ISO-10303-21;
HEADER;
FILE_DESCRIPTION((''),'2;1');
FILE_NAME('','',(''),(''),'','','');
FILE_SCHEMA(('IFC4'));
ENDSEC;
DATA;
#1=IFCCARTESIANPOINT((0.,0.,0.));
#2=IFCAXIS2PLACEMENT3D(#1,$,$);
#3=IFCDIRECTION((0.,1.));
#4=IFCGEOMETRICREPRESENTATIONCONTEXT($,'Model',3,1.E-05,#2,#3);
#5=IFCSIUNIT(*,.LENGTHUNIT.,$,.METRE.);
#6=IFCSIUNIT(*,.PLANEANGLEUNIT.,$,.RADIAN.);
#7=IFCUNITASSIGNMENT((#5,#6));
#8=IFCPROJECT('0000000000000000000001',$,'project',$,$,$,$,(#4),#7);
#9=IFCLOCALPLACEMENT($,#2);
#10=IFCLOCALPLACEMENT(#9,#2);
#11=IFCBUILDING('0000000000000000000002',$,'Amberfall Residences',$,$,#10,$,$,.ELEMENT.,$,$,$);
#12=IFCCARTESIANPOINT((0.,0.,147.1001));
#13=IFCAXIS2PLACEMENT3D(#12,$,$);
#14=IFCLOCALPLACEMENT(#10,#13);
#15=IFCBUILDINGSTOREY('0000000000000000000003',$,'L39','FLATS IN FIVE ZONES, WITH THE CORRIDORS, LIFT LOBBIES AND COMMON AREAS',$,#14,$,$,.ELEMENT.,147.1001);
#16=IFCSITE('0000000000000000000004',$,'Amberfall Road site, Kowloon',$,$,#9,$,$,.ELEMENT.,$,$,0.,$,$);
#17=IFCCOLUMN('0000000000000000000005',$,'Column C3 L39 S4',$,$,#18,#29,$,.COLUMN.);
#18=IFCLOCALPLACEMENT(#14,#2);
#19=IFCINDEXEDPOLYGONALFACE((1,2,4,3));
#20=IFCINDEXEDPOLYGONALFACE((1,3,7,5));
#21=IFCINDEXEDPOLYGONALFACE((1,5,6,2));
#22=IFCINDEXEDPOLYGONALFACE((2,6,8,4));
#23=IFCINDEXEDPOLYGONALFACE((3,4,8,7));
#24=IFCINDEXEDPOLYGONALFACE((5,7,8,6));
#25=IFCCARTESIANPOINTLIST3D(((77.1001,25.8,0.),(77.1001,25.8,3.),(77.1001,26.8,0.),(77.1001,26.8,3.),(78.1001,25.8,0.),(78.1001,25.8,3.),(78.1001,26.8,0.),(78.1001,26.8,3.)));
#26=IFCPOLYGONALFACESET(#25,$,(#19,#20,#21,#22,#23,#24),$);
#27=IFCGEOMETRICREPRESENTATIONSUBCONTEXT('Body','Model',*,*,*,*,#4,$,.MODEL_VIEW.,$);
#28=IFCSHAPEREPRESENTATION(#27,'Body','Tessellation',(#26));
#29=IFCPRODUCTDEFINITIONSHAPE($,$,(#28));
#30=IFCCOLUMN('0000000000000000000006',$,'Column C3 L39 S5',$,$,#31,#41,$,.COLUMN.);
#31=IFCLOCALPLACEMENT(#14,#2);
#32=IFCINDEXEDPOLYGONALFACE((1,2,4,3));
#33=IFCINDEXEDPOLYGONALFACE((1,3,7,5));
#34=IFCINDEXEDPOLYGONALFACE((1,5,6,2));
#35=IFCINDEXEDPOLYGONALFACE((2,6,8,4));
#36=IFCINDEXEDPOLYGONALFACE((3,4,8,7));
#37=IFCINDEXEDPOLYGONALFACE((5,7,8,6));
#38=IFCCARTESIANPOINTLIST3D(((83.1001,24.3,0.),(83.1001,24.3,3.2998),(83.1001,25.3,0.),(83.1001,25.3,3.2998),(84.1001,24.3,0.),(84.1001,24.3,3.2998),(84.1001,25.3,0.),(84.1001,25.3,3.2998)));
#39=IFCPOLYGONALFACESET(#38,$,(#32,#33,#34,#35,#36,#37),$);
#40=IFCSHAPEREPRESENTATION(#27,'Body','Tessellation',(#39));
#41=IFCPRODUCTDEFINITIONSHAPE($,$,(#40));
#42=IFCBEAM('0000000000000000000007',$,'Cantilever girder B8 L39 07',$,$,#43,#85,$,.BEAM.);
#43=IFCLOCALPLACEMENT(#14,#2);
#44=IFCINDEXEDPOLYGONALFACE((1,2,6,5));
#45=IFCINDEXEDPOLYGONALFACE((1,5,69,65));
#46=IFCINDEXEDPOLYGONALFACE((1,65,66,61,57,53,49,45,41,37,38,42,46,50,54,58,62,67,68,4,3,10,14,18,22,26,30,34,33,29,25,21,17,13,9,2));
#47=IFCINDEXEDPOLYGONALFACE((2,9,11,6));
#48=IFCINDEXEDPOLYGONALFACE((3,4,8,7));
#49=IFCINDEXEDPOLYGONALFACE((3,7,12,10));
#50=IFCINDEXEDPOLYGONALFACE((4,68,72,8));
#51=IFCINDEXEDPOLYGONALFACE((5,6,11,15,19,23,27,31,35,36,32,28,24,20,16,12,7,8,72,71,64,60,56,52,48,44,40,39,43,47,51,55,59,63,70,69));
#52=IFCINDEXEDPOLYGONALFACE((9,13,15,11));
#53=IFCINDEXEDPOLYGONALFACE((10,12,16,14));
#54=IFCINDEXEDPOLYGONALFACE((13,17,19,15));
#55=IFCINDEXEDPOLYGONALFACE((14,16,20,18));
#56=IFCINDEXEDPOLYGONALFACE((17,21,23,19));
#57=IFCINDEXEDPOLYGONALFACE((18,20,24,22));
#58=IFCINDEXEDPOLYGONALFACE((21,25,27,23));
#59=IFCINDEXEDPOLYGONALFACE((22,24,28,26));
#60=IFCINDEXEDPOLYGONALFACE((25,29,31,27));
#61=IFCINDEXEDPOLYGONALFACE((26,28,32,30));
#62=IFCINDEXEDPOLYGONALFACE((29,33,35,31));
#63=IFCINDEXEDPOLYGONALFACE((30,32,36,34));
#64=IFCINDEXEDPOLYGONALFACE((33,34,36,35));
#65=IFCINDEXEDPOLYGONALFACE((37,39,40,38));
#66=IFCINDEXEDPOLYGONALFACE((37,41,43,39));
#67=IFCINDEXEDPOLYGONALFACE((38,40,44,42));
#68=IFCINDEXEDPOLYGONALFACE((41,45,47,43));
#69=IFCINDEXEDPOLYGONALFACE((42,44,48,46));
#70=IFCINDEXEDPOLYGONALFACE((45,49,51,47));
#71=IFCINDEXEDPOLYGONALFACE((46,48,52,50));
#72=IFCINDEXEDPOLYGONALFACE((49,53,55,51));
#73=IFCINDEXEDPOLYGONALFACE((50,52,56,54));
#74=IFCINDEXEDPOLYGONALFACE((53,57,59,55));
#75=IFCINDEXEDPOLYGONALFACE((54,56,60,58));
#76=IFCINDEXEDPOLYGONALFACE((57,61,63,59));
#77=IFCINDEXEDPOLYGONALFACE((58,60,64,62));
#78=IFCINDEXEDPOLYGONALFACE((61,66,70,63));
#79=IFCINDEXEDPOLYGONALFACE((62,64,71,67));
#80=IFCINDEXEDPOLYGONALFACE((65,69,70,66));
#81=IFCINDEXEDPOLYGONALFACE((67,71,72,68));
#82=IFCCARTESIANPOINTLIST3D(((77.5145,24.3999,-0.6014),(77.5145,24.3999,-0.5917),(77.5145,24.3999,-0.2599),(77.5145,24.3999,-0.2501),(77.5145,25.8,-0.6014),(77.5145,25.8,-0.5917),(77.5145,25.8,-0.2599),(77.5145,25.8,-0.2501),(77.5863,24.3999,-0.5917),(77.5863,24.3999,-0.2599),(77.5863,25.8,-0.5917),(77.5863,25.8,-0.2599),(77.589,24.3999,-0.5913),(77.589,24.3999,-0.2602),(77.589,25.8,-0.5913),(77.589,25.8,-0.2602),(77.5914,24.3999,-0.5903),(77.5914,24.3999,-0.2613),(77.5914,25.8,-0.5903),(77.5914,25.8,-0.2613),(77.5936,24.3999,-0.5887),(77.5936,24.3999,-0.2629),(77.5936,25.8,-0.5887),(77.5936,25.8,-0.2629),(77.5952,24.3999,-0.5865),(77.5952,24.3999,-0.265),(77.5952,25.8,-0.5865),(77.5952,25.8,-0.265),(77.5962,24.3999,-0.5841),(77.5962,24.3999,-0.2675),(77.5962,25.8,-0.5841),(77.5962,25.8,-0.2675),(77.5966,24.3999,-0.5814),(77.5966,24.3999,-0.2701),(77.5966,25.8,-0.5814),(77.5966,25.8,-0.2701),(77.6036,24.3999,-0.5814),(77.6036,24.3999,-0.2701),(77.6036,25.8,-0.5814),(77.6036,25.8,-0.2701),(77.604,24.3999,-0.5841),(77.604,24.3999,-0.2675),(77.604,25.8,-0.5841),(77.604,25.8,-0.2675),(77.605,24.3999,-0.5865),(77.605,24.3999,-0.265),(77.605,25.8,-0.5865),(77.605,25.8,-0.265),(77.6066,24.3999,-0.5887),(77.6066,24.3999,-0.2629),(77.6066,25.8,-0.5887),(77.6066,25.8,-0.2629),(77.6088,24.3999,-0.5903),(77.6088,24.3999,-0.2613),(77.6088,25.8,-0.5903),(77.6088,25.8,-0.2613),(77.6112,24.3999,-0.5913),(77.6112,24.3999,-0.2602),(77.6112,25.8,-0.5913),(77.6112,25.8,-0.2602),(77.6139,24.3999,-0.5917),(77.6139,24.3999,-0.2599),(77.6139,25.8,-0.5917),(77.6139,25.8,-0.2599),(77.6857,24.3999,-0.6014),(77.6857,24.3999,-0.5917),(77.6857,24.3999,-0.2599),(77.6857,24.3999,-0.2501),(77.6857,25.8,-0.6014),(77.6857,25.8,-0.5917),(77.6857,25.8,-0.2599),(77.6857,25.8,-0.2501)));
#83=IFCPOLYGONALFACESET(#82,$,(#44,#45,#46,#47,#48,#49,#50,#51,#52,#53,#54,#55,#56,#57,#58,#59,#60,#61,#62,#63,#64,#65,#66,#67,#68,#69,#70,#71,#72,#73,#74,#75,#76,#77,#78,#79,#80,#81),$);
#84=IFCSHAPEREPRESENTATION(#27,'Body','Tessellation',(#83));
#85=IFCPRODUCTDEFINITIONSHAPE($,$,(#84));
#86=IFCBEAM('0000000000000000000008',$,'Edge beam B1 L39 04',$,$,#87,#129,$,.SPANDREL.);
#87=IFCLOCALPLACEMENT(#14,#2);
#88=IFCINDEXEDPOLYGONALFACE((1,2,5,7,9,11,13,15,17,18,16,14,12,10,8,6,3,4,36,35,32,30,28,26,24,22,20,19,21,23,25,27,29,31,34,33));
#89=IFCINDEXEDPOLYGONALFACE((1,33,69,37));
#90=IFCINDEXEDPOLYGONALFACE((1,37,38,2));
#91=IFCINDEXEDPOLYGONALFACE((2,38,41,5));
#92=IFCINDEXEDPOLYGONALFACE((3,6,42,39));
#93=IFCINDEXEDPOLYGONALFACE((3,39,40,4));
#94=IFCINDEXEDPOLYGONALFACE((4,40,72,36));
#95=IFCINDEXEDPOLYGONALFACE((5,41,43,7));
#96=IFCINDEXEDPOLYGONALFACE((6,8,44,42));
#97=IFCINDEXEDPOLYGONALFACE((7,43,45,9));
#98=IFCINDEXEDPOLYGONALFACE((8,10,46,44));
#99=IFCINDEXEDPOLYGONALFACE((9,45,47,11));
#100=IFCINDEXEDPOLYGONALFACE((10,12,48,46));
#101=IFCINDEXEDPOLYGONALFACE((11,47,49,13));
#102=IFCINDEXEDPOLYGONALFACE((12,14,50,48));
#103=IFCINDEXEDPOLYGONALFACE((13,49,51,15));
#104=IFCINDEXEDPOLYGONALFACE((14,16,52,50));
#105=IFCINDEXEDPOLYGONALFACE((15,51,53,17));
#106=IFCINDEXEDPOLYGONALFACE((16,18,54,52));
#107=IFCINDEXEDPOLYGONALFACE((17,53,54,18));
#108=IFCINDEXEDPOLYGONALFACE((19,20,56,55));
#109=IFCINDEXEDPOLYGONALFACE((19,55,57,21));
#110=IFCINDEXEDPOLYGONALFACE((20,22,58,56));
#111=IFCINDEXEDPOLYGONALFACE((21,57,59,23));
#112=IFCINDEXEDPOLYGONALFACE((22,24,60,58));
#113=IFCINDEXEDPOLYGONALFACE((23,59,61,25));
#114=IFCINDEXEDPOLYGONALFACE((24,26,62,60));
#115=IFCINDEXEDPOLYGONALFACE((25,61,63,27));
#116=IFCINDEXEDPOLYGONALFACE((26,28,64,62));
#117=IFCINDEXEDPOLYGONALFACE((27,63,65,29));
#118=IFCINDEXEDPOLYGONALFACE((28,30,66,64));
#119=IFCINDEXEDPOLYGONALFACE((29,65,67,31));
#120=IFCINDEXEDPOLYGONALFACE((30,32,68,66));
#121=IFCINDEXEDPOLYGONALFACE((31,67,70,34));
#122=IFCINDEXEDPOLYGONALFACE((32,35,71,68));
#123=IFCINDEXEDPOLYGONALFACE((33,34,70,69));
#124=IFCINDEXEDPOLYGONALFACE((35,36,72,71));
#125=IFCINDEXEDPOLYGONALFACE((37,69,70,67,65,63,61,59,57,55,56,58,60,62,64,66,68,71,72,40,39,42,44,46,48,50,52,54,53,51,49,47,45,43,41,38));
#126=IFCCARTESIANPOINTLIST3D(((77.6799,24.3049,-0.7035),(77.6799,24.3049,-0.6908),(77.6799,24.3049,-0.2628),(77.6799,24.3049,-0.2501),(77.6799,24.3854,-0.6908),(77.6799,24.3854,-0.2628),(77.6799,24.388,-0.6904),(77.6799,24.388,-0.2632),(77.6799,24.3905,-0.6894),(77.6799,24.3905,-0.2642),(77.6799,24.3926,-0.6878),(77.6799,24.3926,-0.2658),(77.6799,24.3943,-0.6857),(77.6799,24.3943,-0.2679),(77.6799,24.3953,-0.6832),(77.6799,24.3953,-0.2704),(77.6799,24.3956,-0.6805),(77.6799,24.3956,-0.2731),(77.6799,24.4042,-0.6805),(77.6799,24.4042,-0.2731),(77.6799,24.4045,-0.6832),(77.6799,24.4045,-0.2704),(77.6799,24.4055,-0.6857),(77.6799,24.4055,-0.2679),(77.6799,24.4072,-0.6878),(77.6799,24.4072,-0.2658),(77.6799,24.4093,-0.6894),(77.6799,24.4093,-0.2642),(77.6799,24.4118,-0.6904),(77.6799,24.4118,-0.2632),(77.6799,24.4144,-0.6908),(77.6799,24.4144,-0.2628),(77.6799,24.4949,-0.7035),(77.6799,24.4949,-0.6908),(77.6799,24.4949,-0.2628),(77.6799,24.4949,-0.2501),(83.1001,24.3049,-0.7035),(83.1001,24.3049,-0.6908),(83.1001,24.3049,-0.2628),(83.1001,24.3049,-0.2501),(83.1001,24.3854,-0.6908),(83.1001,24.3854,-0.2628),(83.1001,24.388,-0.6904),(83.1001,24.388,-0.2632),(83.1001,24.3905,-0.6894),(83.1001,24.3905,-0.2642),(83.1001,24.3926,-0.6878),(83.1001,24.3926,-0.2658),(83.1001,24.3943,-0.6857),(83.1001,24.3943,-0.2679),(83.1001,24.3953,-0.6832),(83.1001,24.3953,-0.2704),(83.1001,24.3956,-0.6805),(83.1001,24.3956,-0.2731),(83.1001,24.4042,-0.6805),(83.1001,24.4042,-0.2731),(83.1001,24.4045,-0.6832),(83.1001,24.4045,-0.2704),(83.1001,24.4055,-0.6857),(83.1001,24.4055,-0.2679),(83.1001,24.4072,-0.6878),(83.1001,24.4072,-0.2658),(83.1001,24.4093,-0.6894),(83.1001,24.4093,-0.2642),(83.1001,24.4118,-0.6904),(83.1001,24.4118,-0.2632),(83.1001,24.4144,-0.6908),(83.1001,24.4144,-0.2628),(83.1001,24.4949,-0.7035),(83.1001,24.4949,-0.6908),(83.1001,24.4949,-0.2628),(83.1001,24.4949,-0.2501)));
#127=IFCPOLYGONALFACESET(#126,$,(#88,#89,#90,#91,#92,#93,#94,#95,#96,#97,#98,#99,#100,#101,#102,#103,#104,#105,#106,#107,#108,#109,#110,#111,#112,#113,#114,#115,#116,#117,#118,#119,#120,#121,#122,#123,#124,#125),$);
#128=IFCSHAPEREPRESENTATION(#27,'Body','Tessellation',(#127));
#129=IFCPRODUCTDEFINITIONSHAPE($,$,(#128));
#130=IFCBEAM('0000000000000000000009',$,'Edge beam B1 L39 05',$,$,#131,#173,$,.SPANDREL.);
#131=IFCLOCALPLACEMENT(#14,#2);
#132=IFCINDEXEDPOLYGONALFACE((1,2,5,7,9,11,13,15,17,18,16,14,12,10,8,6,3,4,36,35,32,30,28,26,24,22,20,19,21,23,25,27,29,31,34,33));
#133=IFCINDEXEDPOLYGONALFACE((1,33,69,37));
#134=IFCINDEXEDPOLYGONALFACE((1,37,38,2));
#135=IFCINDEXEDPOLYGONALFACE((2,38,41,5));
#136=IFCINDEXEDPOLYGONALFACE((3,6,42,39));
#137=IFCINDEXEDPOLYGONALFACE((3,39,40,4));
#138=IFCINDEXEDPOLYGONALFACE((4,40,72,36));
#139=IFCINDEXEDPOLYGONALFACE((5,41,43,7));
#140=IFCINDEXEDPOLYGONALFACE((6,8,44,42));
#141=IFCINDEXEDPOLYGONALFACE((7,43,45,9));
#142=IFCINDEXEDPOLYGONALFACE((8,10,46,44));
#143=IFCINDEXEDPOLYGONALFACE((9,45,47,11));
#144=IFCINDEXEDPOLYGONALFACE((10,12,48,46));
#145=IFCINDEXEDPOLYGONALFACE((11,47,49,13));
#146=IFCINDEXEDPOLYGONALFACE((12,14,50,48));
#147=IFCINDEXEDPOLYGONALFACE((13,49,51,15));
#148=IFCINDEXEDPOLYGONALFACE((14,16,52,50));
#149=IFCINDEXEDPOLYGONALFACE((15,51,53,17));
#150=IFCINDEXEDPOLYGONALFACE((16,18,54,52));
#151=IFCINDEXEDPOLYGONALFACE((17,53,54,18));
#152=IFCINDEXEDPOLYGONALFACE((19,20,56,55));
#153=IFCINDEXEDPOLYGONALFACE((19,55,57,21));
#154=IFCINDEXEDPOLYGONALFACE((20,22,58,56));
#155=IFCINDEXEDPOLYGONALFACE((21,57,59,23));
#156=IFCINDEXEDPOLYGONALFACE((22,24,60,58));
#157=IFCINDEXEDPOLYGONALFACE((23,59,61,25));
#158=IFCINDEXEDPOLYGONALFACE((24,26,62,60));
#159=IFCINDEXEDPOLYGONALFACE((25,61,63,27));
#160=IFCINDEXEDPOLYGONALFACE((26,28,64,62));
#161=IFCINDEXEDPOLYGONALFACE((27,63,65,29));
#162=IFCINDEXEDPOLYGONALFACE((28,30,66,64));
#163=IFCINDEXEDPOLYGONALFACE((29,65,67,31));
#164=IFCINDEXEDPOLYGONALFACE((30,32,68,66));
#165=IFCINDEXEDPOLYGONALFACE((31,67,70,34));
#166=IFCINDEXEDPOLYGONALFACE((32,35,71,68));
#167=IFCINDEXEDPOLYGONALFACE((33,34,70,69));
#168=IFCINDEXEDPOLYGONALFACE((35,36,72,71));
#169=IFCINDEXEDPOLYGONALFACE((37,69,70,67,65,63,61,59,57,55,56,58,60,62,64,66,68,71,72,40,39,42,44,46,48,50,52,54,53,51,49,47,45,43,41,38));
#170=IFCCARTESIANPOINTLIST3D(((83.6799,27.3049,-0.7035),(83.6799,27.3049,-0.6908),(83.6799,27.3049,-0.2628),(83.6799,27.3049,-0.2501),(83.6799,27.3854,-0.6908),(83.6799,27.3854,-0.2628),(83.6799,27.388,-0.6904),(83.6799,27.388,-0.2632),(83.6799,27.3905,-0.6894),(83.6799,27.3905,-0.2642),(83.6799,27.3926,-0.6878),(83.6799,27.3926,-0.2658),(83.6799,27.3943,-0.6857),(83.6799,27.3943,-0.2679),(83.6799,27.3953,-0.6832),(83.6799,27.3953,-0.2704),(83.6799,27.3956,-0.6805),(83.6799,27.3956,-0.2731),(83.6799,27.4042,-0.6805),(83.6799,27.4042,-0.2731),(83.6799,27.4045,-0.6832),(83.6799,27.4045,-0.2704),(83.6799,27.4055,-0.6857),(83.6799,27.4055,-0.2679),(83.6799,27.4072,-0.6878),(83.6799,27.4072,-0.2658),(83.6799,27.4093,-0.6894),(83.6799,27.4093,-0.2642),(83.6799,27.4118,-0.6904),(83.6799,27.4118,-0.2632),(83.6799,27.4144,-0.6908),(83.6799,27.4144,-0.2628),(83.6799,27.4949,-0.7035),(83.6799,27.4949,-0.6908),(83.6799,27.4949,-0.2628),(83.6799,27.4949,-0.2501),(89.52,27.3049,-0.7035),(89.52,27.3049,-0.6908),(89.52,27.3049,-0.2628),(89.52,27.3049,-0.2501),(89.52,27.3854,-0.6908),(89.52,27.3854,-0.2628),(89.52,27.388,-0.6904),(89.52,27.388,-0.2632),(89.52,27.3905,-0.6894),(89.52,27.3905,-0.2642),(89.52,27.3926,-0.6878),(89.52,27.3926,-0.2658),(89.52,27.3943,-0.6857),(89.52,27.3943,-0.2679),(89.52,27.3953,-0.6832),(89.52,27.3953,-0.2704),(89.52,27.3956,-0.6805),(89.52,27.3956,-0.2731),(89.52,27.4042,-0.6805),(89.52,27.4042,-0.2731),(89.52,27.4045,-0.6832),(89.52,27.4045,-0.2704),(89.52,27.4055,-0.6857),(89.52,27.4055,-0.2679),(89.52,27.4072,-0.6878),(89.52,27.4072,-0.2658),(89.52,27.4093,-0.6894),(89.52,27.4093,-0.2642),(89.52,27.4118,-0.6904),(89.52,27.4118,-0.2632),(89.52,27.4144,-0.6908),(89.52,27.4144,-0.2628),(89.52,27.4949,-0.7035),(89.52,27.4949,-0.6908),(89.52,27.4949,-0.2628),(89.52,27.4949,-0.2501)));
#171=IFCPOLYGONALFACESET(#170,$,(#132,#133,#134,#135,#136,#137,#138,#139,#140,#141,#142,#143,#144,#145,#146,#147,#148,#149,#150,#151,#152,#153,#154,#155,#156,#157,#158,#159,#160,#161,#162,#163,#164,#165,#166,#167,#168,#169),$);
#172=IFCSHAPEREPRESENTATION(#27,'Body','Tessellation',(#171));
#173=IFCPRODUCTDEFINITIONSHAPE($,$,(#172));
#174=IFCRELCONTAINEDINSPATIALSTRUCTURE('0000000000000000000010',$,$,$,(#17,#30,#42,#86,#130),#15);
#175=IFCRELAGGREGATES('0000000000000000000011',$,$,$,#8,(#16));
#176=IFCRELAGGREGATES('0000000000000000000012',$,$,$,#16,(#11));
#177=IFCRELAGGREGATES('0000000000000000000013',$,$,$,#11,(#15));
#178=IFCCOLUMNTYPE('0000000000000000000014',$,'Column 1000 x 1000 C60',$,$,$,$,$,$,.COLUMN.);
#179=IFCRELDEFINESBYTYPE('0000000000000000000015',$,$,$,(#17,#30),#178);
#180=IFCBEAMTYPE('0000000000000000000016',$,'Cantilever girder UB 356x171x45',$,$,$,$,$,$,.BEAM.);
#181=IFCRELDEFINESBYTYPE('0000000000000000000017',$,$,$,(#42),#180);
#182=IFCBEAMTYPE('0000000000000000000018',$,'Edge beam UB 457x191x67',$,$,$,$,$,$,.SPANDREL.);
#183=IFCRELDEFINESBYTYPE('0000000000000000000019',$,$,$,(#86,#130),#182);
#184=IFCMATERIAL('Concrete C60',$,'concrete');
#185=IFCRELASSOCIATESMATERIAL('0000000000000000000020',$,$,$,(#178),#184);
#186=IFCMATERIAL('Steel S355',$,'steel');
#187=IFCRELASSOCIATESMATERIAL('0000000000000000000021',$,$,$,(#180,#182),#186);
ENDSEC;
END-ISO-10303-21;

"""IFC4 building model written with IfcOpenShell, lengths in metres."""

from ifc_helpers import new_model, si_unit, direction, frame, origin, origin_2d, place, context, subcontext, project, spatial, rectangle, i_section, extrude, material, material_profile, profile_set, type_object, element, save


model = new_model("IFC4")

# Units and contexts
model_context = context("Model", 3, precision=1e-05, world=origin(), true_north=direction((0.0, 1.0)))
body_context = subcontext(model_context, "Body", "Model", "MODEL_VIEW")
ifc_project = project(units=[si_unit("LENGTHUNIT", "METRE"), si_unit("PLANEANGLEUNIT", "RADIAN")], contexts=[model_context])

# Site, building, storey
site_placement = place(None, origin())
site = spatial("IfcSite", under=ifc_project, at=site_placement, Name="Amberfall Road site, Kowloon", CompositionType="ELEMENT", RefElevation=0.0)
building_placement = place(site_placement, origin())
building = spatial("IfcBuilding", under=site, at=building_placement, Name="Amberfall Residences", CompositionType="ELEMENT")
storey_placement = place(building_placement, frame((0.0, 0.0, 147.1001)))
storey = spatial("IfcBuildingStorey", under=building, at=storey_placement, Name="L39", Description="FLATS IN FIVE ZONES, WITH THE CORRIDORS, LIFT LOBBIES AND COMMON AREAS", CompositionType="ELEMENT", Elevation=147.1001)

# Columns
ifc_material_1 = material(Name="Concrete C60", Category="concrete")
ifc_material_profile_1 = material_profile(ifc_material_1, rectangle(XDim=1.0, YDim=1.0, at=origin_2d()), Name="Column 1000 x 1000 C60")
ifc_profile_set_1 = profile_set([ifc_material_profile_1], Name="Concrete C60")
column_type = type_object("IfcColumnType", Name="Column 1000 x 1000 C60", PredefinedType="COLUMN", material=ifc_profile_set_1)
column_1_placement = place(storey_placement, frame((77.6001, 26.3, 0.0), z_axis=(0.0, 0.0, 1.0), x_axis=(1.0, 0.0, 0.0)))
element("IfcColumn", 1, at=column_1_placement, inside=storey, type_object=column_type, Name="Column C3 L39 S4", PredefinedType="COLUMN", context=body_context, shape_type="SweptSolid", body=[
    extrude(rectangle(XDim=1.0, YDim=1.0, at=origin_2d()), origin(), (0.0, 0.0, 1.0), 3.0),
])
column_2_placement = place(storey_placement, frame((83.6001, 24.8, 0.0), z_axis=(0.0, 0.0, 1.0), x_axis=(1.0, 0.0, 0.0)))
element("IfcColumn", 2, at=column_2_placement, inside=storey, type_object=column_type, Name="Column C3 L39 S5", PredefinedType="COLUMN", context=body_context, shape_type="SweptSolid", body=[
    extrude(rectangle(XDim=1.0, YDim=1.0, at=origin_2d()), origin(), (0.0, 0.0, 1.0), 3.2998),
])

# Beams
ifc_material_2 = material(Name="Steel S355", Category="steel")
ifc_material_profile_2 = material_profile(ifc_material_2, i_section(OverallWidth=0.1711, OverallDepth=0.3513, WebThickness=0.0071, FlangeThickness=0.0098, FilletRadius=0.0103, at=origin_2d()), Name="UB 356x171x45")
ifc_profile_set_2 = profile_set([ifc_material_profile_2], Name="Steel S355")
beam_type_1 = type_object("IfcBeamType", Name="Cantilever girder UB 356x171x45", PredefinedType="BEAM", material=ifc_profile_set_2)
beam_1_placement = place(storey_placement, frame((77.6001, 25.8, -0.4258), z_axis=(0.0, -1.0, 0.0), x_axis=(1.0, 0.0, 0.0)))
element("IfcBeam", 3, at=beam_1_placement, inside=storey, type_object=beam_type_1, Name="Cantilever girder B8 L39 07", PredefinedType="BEAM", context=body_context, shape_type="SweptSolid", body=[
    extrude(i_section(OverallWidth=0.1711, OverallDepth=0.3513, WebThickness=0.0071, FlangeThickness=0.0098, FilletRadius=0.0103, at=origin_2d()), origin(), (0.0, 0.0, 1.0), 1.4001),
])
ifc_material_profile_3 = material_profile(ifc_material_2, i_section(OverallWidth=0.1899, OverallDepth=0.4534, WebThickness=0.0085, FlangeThickness=0.0127, FilletRadius=0.0103, at=origin_2d()), Name="UB 457x191x67")
ifc_profile_set_3 = profile_set([ifc_material_profile_3], Name="Steel S355")
beam_type_2 = type_object("IfcBeamType", Name="Edge beam UB 457x191x67", PredefinedType="SPANDREL", material=ifc_profile_set_3)
beam_2_placement = place(storey_placement, frame((77.6799, 24.3999, -0.4768), z_axis=(1.0, 0.0, 0.0), x_axis=(0.0, 1.0, 0.0)))
element("IfcBeam", 4, at=beam_2_placement, inside=storey, type_object=beam_type_2, Name="Edge beam B1 L39 04", PredefinedType="SPANDREL", context=body_context, shape_type="SweptSolid", body=[
    extrude(i_section(OverallWidth=0.1899, OverallDepth=0.4534, WebThickness=0.0085, FlangeThickness=0.0127, FilletRadius=0.0103, at=origin_2d()), origin(), (0.0, 0.0, 1.0), 5.4202),
])
beam_3_placement = place(storey_placement, frame((83.6799, 27.3999, -0.4768), z_axis=(1.0, 0.0, 0.0), x_axis=(0.0, 1.0, 0.0)))
element("IfcBeam", 5, at=beam_3_placement, inside=storey, type_object=beam_type_2, Name="Edge beam B1 L39 05", PredefinedType="SPANDREL", context=body_context, shape_type="SweptSolid", body=[
    extrude(i_section(OverallWidth=0.1899, OverallDepth=0.4534, WebThickness=0.0085, FlangeThickness=0.0127, FilletRadius=0.0103, at=origin_2d()), origin(), (0.0, 0.0, 1.0), 5.8401),
])

save(model, "model.ifc")
